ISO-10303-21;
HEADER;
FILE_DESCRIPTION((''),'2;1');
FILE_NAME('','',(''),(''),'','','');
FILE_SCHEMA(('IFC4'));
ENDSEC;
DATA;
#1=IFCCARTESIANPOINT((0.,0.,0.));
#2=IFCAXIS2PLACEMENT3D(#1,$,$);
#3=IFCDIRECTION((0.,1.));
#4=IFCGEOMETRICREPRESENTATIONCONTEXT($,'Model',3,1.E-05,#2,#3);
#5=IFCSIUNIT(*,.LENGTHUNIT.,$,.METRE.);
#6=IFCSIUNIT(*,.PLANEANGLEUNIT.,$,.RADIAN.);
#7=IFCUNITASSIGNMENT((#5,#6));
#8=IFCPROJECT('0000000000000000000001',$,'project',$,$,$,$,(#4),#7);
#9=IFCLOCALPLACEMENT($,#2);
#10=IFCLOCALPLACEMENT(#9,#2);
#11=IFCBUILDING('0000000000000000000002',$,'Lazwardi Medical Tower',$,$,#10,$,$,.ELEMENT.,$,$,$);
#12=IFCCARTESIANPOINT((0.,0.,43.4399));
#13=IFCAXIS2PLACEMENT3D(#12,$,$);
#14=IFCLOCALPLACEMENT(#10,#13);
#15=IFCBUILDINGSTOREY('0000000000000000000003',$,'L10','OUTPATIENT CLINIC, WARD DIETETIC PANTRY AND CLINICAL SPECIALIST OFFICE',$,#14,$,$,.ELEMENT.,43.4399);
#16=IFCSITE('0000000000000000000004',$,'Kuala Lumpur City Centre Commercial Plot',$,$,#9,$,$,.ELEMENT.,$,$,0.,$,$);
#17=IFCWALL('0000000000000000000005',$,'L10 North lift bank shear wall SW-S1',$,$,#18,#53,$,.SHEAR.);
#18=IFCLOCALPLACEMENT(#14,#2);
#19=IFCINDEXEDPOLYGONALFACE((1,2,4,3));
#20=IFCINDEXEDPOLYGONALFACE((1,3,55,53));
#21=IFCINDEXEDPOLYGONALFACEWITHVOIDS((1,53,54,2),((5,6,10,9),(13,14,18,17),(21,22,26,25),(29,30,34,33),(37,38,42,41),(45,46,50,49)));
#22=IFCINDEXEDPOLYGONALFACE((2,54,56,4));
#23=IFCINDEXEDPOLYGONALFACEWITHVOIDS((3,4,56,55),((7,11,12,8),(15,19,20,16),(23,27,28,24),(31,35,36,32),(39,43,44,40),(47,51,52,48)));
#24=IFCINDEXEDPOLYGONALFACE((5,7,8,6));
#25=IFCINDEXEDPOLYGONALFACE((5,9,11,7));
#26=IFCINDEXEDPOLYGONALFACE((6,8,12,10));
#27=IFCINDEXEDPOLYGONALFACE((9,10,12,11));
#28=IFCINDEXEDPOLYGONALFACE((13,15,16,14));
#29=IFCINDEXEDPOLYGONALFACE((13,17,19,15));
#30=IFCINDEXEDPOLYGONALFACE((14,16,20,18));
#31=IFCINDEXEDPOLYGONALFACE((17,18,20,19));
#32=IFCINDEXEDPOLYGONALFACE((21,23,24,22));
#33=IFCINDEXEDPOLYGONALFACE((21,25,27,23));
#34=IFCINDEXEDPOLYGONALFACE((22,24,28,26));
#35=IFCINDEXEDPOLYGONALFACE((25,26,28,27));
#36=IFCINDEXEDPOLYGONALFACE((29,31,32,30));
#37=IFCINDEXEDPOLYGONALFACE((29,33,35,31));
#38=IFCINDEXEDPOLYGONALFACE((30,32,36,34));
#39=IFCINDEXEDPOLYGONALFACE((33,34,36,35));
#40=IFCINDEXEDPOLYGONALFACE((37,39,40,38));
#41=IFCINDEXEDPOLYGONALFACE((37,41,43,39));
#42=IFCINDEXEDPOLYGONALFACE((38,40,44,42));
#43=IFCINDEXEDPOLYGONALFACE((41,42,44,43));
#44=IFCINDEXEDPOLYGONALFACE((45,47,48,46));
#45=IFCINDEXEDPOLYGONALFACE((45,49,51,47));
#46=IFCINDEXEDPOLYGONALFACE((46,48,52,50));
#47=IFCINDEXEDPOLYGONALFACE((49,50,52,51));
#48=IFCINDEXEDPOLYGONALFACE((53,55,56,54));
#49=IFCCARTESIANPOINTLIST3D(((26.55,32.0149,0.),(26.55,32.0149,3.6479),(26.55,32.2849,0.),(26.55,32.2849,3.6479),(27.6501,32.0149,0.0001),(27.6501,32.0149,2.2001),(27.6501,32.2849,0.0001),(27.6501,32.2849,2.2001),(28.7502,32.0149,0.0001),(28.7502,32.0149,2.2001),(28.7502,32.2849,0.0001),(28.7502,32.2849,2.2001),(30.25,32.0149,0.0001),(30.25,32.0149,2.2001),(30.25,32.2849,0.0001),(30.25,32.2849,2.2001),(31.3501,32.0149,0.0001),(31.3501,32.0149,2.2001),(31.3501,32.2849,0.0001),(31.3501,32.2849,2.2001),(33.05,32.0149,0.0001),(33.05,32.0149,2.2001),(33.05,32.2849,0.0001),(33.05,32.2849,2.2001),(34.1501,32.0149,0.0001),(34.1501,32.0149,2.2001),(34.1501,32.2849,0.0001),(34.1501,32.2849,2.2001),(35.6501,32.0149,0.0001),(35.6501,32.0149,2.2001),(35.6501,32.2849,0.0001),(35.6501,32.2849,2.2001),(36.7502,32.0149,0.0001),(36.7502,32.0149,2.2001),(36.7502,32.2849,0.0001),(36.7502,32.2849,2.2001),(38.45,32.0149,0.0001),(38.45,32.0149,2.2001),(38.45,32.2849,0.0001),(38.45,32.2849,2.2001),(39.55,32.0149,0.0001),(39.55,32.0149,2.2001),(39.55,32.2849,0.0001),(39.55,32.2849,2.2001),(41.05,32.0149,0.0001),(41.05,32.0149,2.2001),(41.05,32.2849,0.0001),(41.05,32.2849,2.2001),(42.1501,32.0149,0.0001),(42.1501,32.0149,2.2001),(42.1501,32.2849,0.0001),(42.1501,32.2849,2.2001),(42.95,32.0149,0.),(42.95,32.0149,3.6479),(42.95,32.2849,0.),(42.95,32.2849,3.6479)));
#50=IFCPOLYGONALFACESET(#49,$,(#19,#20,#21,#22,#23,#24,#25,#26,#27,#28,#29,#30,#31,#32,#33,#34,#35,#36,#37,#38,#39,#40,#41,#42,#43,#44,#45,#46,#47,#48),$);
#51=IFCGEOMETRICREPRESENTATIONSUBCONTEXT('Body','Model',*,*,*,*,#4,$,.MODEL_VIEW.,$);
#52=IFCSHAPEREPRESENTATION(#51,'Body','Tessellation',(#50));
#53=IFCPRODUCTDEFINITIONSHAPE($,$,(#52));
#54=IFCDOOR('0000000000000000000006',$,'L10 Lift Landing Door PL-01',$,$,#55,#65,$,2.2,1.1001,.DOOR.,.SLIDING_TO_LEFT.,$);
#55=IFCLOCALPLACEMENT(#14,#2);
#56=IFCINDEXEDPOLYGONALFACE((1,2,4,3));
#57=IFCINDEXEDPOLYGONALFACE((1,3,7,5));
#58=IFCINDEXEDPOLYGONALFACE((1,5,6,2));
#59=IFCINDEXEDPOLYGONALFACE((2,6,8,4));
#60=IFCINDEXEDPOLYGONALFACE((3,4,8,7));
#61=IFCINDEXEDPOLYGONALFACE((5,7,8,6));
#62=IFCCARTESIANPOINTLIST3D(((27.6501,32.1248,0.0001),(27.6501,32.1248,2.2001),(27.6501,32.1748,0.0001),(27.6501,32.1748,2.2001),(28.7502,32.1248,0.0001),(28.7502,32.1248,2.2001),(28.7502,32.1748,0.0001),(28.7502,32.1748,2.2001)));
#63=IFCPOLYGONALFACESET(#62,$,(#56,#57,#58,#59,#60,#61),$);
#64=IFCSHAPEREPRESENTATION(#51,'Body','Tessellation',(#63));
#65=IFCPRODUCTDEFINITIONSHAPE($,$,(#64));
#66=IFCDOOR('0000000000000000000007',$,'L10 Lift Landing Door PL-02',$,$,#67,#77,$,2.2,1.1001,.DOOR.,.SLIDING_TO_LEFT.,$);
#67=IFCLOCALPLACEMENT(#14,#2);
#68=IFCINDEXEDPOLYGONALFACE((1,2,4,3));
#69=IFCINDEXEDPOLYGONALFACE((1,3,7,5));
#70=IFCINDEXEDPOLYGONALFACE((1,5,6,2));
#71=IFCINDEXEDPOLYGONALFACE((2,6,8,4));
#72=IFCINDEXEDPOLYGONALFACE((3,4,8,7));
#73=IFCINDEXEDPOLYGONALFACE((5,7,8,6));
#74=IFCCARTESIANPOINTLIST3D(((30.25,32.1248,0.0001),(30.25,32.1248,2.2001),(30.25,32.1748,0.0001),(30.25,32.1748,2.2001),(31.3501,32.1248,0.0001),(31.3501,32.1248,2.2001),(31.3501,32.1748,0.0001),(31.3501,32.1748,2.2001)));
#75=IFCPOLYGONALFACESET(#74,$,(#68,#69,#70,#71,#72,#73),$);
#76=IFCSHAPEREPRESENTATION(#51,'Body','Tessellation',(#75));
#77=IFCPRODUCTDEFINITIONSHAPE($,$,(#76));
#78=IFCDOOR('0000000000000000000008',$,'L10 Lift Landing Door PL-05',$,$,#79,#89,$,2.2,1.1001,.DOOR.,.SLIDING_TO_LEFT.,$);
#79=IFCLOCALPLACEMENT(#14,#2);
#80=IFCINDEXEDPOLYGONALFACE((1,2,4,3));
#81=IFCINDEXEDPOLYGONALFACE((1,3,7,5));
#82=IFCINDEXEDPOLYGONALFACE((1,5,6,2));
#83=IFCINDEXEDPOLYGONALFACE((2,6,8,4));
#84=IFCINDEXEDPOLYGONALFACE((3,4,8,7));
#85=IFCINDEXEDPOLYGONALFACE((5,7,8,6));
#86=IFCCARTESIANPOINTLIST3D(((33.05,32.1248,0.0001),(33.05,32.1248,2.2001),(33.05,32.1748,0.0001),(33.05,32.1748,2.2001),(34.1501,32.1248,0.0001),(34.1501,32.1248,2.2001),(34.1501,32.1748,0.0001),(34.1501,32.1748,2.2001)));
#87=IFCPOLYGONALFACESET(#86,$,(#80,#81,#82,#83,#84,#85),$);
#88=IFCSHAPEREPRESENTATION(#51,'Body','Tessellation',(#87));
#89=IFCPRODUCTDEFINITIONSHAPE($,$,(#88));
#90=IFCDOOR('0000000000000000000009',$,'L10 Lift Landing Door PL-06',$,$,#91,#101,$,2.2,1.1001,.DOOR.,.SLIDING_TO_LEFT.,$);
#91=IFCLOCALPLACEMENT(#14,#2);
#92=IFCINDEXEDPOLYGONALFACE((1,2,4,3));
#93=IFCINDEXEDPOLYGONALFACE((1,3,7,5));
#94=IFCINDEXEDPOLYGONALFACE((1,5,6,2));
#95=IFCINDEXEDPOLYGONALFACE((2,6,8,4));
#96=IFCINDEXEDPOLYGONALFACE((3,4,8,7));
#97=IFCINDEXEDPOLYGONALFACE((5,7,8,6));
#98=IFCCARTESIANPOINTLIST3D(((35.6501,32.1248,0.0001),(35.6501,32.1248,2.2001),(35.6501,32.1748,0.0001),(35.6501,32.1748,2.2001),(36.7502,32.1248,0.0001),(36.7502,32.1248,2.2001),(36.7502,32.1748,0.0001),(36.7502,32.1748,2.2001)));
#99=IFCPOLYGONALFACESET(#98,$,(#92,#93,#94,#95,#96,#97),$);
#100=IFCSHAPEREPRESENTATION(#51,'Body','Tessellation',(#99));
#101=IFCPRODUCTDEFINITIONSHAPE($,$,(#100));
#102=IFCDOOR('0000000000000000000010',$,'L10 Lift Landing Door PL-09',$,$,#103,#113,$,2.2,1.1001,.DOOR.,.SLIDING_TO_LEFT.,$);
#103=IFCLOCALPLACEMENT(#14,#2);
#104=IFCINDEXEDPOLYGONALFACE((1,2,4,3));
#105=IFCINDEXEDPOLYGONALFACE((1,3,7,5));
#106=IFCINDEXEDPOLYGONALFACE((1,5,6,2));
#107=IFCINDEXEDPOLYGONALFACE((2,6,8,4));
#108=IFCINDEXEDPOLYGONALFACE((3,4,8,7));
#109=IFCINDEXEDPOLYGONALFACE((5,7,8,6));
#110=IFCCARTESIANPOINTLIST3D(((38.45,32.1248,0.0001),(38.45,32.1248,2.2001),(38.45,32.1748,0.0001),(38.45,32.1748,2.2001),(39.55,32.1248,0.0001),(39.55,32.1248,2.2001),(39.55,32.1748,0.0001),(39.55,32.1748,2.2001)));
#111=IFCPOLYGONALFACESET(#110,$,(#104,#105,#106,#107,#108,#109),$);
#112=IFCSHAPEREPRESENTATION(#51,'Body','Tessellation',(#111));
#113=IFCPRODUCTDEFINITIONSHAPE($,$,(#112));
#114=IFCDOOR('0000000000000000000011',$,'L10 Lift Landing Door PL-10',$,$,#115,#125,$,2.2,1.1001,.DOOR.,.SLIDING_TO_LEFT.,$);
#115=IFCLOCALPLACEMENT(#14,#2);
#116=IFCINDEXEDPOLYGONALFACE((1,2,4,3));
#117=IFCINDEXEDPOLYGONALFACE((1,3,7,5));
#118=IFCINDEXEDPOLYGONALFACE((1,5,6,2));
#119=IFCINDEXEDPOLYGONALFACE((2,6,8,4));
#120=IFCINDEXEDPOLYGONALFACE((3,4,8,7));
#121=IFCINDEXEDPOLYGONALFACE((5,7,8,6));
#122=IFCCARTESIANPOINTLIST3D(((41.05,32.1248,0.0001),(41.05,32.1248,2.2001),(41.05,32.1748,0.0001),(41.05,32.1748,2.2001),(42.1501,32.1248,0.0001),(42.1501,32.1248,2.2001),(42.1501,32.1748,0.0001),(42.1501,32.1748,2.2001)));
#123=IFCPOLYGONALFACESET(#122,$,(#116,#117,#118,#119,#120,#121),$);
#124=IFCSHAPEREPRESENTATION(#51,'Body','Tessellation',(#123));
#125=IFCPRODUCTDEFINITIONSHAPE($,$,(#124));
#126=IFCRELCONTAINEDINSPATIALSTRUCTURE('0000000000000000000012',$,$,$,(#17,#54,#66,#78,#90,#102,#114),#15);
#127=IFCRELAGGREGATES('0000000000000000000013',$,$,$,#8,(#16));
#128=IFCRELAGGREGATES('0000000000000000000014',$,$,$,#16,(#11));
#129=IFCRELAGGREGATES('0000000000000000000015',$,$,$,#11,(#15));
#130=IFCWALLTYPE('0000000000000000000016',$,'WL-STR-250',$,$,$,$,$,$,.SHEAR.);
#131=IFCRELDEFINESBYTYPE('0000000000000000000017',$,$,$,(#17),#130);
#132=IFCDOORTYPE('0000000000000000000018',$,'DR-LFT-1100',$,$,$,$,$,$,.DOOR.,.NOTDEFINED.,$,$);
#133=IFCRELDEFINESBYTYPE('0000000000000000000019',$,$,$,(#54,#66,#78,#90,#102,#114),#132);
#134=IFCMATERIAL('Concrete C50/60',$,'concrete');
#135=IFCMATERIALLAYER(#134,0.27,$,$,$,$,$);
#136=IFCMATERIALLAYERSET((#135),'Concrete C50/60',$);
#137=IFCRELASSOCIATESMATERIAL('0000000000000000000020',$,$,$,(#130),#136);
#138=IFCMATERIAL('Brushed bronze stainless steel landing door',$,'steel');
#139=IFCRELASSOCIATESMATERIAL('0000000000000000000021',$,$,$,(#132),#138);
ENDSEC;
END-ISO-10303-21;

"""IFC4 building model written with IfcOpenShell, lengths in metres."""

from ifc_helpers import new_model, si_unit, direction, frame, frame_2d, origin, place, context, subcontext, project, spatial, rectangle, extrude, material, layer, layer_set, type_object, element, fill, save


model = new_model("IFC4")

# Units and contexts
model_context = context("Model", 3, precision=1e-05, world=origin(), true_north=direction((0.0, 1.0)))
body_context = subcontext(model_context, "Body", "Model", "MODEL_VIEW")
ifc_project = project(units=[si_unit("LENGTHUNIT", "METRE"), si_unit("PLANEANGLEUNIT", "RADIAN")], contexts=[model_context])

# Site, building, storey
site_placement = place(None, origin())
site = spatial("IfcSite", under=ifc_project, at=site_placement, Name="Kuala Lumpur City Centre Commercial Plot", CompositionType="ELEMENT", RefElevation=0.0)
building_placement = place(site_placement, origin())
building = spatial("IfcBuilding", under=site, at=building_placement, Name="Lazwardi Medical Tower", CompositionType="ELEMENT")
storey_placement = place(building_placement, frame((0.0, 0.0, 43.4399)))
storey = spatial("IfcBuildingStorey", under=building, at=storey_placement, Name="L10", Description="OUTPATIENT CLINIC, WARD DIETETIC PANTRY AND CLINICAL SPECIALIST OFFICE", CompositionType="ELEMENT", Elevation=43.4399)

# Wall, openings, doors
ifc_material_1 = material(Name="Concrete C50/60", Category="concrete")
ifc_layer_1 = layer(ifc_material_1, 0.27)
ifc_layer_set_1 = layer_set([ifc_layer_1], Name="Concrete C50/60")
wall_type_1 = type_object("IfcWallType", Name="WL-STR-250", PredefinedType="SHEAR", material=ifc_layer_set_1)
wall_1_placement = place(storey_placement, frame((26.55, 32.1499, 0.0), z_axis=(0.0, 0.0, 1.0), x_axis=(1.0, 0.0, 0.0)))
wall_1 = element("IfcWall", 1, at=wall_1_placement, inside=storey, type_object=wall_type_1, Name="L10 North lift bank shear wall SW-S1", PredefinedType="SHEAR", context=body_context, shape_type="SweptSolid", body=[
    extrude(rectangle(XDim=16.3999, YDim=0.27, at=frame_2d((8.2, 0.0))), origin(), (0.0, 0.0, 1.0), 3.6479),
])
opening_1_placement = place(wall_1_placement, frame((1.1001, 0.0, 0.0)))
opening_1 = element("IfcOpeningElement", 2, at=opening_1_placement, cuts=wall_1, PredefinedType="OPENING", context=body_context, shape_type="SweptSolid", body=[
    extrude(rectangle(XDim=1.1001, YDim=2.2, at=frame_2d((0.55, 1.1001))), frame((0.0, 0.145, 0.0), z_axis=(0.0, -1.0, 0.0), x_axis=(1.0, 0.0, 0.0)), (0.0, 0.0, 1.0), 0.29),
])
opening_2_placement = place(wall_1_placement, frame((3.7, 0.0, 0.0)))
opening_2 = element("IfcOpeningElement", 3, at=opening_2_placement, cuts=wall_1, PredefinedType="OPENING", context=body_context, shape_type="SweptSolid", body=[
    extrude(rectangle(XDim=1.1001, YDim=2.2, at=frame_2d((0.55, 1.1001))), frame((0.0, 0.145, 0.0), z_axis=(0.0, -1.0, 0.0), x_axis=(1.0, 0.0, 0.0)), (0.0, 0.0, 1.0), 0.29),
])
opening_3_placement = place(wall_1_placement, frame((6.5, 0.0, 0.0)))
opening_3 = element("IfcOpeningElement", 4, at=opening_3_placement, cuts=wall_1, PredefinedType="OPENING", context=body_context, shape_type="SweptSolid", body=[
    extrude(rectangle(XDim=1.1001, YDim=2.2, at=frame_2d((0.55, 1.1001))), frame((0.0, 0.145, 0.0), z_axis=(0.0, -1.0, 0.0), x_axis=(1.0, 0.0, 0.0)), (0.0, 0.0, 1.0), 0.29),
])
opening_4_placement = place(wall_1_placement, frame((9.1001, 0.0, 0.0)))
opening_4 = element("IfcOpeningElement", 5, at=opening_4_placement, cuts=wall_1, PredefinedType="OPENING", context=body_context, shape_type="SweptSolid", body=[
    extrude(rectangle(XDim=1.1001, YDim=2.2, at=frame_2d((0.55, 1.1001))), frame((0.0, 0.145, 0.0), z_axis=(0.0, -1.0, 0.0), x_axis=(1.0, 0.0, 0.0)), (0.0, 0.0, 1.0), 0.29),
])
opening_5_placement = place(wall_1_placement, frame((11.8999, 0.0, 0.0)))
opening_5 = element("IfcOpeningElement", 6, at=opening_5_placement, cuts=wall_1, PredefinedType="OPENING", context=body_context, shape_type="SweptSolid", body=[
    extrude(rectangle(XDim=1.1001, YDim=2.2, at=frame_2d((0.55, 1.1001))), frame((0.0, 0.145, 0.0), z_axis=(0.0, -1.0, 0.0), x_axis=(1.0, 0.0, 0.0)), (0.0, 0.0, 1.0), 0.29),
])
opening_6_placement = place(wall_1_placement, frame((14.5, 0.0, 0.0)))
opening_6 = element("IfcOpeningElement", 7, at=opening_6_placement, cuts=wall_1, PredefinedType="OPENING", context=body_context, shape_type="SweptSolid", body=[
    extrude(rectangle(XDim=1.1001, YDim=2.2, at=frame_2d((0.55, 1.1001))), frame((0.0, 0.145, 0.0), z_axis=(0.0, -1.0, 0.0), x_axis=(1.0, 0.0, 0.0)), (0.0, 0.0, 1.0), 0.29),
])
ifc_material_2 = material(Name="Brushed bronze stainless steel landing door", Category="steel")
door_type_1 = type_object("IfcDoorType", Name="DR-LFT-1100", OperationType="NOTDEFINED", PredefinedType="DOOR", material=ifc_material_2)
door_1_placement = place(opening_1_placement, origin())
door_1 = element("IfcDoor", 8, at=door_1_placement, inside=storey, type_object=door_type_1, Name="L10 Lift Landing Door PL-01", OperationType="SLIDING_TO_LEFT", OverallHeight=2.2, OverallWidth=1.1001, PredefinedType="DOOR", context=body_context, shape_type="SweptSolid", body=[
    extrude(rectangle(XDim=1.1001, YDim=2.2, at=frame_2d((0.55, 1.1001))), frame((0.0, 0.0249, 0.0), z_axis=(0.0, -1.0, 0.0), x_axis=(1.0, 0.0, 0.0)), (0.0, 0.0, 1.0), 0.05),
])
fill(opening_1, door_1)
door_2_placement = place(opening_2_placement, origin())
door_2 = element("IfcDoor", 9, at=door_2_placement, inside=storey, type_object=door_type_1, Name="L10 Lift Landing Door PL-02", OperationType="SLIDING_TO_LEFT", OverallHeight=2.2, OverallWidth=1.1001, PredefinedType="DOOR", context=body_context, shape_type="SweptSolid", body=[
    extrude(rectangle(XDim=1.1001, YDim=2.2, at=frame_2d((0.55, 1.1001))), frame((0.0, 0.0249, 0.0), z_axis=(0.0, -1.0, 0.0), x_axis=(1.0, 0.0, 0.0)), (0.0, 0.0, 1.0), 0.05),
])
fill(opening_2, door_2)
door_3_placement = place(opening_3_placement, origin())
door_3 = element("IfcDoor", 10, at=door_3_placement, inside=storey, type_object=door_type_1, Name="L10 Lift Landing Door PL-05", OperationType="SLIDING_TO_LEFT", OverallHeight=2.2, OverallWidth=1.1001, PredefinedType="DOOR", context=body_context, shape_type="SweptSolid", body=[
    extrude(rectangle(XDim=1.1001, YDim=2.2, at=frame_2d((0.55, 1.1001))), frame((0.0, 0.0249, 0.0), z_axis=(0.0, -1.0, 0.0), x_axis=(1.0, 0.0, 0.0)), (0.0, 0.0, 1.0), 0.05),
])
fill(opening_3, door_3)
door_4_placement = place(opening_4_placement, origin())
door_4 = element("IfcDoor", 11, at=door_4_placement, inside=storey, type_object=door_type_1, Name="L10 Lift Landing Door PL-06", OperationType="SLIDING_TO_LEFT", OverallHeight=2.2, OverallWidth=1.1001, PredefinedType="DOOR", context=body_context, shape_type="SweptSolid", body=[
    extrude(rectangle(XDim=1.1001, YDim=2.2, at=frame_2d((0.55, 1.1001))), frame((0.0, 0.0249, 0.0), z_axis=(0.0, -1.0, 0.0), x_axis=(1.0, 0.0, 0.0)), (0.0, 0.0, 1.0), 0.05),
])
fill(opening_4, door_4)
door_5_placement = place(opening_5_placement, origin())
door_5 = element("IfcDoor", 12, at=door_5_placement, inside=storey, type_object=door_type_1, Name="L10 Lift Landing Door PL-09", OperationType="SLIDING_TO_LEFT", OverallHeight=2.2, OverallWidth=1.1001, PredefinedType="DOOR", context=body_context, shape_type="SweptSolid", body=[
    extrude(rectangle(XDim=1.1001, YDim=2.2, at=frame_2d((0.55, 1.1001))), frame((0.0, 0.0249, 0.0), z_axis=(0.0, -1.0, 0.0), x_axis=(1.0, 0.0, 0.0)), (0.0, 0.0, 1.0), 0.05),
])
fill(opening_5, door_5)
door_6_placement = place(opening_6_placement, origin())
door_6 = element("IfcDoor", 13, at=door_6_placement, inside=storey, type_object=door_type_1, Name="L10 Lift Landing Door PL-10", OperationType="SLIDING_TO_LEFT", OverallHeight=2.2, OverallWidth=1.1001, PredefinedType="DOOR", context=body_context, shape_type="SweptSolid", body=[
    extrude(rectangle(XDim=1.1001, YDim=2.2, at=frame_2d((0.55, 1.1001))), frame((0.0, 0.0249, 0.0), z_axis=(0.0, -1.0, 0.0), x_axis=(1.0, 0.0, 0.0)), (0.0, 0.0, 1.0), 0.05),
])
fill(opening_6, door_6)

save(model, "model.ifc")
